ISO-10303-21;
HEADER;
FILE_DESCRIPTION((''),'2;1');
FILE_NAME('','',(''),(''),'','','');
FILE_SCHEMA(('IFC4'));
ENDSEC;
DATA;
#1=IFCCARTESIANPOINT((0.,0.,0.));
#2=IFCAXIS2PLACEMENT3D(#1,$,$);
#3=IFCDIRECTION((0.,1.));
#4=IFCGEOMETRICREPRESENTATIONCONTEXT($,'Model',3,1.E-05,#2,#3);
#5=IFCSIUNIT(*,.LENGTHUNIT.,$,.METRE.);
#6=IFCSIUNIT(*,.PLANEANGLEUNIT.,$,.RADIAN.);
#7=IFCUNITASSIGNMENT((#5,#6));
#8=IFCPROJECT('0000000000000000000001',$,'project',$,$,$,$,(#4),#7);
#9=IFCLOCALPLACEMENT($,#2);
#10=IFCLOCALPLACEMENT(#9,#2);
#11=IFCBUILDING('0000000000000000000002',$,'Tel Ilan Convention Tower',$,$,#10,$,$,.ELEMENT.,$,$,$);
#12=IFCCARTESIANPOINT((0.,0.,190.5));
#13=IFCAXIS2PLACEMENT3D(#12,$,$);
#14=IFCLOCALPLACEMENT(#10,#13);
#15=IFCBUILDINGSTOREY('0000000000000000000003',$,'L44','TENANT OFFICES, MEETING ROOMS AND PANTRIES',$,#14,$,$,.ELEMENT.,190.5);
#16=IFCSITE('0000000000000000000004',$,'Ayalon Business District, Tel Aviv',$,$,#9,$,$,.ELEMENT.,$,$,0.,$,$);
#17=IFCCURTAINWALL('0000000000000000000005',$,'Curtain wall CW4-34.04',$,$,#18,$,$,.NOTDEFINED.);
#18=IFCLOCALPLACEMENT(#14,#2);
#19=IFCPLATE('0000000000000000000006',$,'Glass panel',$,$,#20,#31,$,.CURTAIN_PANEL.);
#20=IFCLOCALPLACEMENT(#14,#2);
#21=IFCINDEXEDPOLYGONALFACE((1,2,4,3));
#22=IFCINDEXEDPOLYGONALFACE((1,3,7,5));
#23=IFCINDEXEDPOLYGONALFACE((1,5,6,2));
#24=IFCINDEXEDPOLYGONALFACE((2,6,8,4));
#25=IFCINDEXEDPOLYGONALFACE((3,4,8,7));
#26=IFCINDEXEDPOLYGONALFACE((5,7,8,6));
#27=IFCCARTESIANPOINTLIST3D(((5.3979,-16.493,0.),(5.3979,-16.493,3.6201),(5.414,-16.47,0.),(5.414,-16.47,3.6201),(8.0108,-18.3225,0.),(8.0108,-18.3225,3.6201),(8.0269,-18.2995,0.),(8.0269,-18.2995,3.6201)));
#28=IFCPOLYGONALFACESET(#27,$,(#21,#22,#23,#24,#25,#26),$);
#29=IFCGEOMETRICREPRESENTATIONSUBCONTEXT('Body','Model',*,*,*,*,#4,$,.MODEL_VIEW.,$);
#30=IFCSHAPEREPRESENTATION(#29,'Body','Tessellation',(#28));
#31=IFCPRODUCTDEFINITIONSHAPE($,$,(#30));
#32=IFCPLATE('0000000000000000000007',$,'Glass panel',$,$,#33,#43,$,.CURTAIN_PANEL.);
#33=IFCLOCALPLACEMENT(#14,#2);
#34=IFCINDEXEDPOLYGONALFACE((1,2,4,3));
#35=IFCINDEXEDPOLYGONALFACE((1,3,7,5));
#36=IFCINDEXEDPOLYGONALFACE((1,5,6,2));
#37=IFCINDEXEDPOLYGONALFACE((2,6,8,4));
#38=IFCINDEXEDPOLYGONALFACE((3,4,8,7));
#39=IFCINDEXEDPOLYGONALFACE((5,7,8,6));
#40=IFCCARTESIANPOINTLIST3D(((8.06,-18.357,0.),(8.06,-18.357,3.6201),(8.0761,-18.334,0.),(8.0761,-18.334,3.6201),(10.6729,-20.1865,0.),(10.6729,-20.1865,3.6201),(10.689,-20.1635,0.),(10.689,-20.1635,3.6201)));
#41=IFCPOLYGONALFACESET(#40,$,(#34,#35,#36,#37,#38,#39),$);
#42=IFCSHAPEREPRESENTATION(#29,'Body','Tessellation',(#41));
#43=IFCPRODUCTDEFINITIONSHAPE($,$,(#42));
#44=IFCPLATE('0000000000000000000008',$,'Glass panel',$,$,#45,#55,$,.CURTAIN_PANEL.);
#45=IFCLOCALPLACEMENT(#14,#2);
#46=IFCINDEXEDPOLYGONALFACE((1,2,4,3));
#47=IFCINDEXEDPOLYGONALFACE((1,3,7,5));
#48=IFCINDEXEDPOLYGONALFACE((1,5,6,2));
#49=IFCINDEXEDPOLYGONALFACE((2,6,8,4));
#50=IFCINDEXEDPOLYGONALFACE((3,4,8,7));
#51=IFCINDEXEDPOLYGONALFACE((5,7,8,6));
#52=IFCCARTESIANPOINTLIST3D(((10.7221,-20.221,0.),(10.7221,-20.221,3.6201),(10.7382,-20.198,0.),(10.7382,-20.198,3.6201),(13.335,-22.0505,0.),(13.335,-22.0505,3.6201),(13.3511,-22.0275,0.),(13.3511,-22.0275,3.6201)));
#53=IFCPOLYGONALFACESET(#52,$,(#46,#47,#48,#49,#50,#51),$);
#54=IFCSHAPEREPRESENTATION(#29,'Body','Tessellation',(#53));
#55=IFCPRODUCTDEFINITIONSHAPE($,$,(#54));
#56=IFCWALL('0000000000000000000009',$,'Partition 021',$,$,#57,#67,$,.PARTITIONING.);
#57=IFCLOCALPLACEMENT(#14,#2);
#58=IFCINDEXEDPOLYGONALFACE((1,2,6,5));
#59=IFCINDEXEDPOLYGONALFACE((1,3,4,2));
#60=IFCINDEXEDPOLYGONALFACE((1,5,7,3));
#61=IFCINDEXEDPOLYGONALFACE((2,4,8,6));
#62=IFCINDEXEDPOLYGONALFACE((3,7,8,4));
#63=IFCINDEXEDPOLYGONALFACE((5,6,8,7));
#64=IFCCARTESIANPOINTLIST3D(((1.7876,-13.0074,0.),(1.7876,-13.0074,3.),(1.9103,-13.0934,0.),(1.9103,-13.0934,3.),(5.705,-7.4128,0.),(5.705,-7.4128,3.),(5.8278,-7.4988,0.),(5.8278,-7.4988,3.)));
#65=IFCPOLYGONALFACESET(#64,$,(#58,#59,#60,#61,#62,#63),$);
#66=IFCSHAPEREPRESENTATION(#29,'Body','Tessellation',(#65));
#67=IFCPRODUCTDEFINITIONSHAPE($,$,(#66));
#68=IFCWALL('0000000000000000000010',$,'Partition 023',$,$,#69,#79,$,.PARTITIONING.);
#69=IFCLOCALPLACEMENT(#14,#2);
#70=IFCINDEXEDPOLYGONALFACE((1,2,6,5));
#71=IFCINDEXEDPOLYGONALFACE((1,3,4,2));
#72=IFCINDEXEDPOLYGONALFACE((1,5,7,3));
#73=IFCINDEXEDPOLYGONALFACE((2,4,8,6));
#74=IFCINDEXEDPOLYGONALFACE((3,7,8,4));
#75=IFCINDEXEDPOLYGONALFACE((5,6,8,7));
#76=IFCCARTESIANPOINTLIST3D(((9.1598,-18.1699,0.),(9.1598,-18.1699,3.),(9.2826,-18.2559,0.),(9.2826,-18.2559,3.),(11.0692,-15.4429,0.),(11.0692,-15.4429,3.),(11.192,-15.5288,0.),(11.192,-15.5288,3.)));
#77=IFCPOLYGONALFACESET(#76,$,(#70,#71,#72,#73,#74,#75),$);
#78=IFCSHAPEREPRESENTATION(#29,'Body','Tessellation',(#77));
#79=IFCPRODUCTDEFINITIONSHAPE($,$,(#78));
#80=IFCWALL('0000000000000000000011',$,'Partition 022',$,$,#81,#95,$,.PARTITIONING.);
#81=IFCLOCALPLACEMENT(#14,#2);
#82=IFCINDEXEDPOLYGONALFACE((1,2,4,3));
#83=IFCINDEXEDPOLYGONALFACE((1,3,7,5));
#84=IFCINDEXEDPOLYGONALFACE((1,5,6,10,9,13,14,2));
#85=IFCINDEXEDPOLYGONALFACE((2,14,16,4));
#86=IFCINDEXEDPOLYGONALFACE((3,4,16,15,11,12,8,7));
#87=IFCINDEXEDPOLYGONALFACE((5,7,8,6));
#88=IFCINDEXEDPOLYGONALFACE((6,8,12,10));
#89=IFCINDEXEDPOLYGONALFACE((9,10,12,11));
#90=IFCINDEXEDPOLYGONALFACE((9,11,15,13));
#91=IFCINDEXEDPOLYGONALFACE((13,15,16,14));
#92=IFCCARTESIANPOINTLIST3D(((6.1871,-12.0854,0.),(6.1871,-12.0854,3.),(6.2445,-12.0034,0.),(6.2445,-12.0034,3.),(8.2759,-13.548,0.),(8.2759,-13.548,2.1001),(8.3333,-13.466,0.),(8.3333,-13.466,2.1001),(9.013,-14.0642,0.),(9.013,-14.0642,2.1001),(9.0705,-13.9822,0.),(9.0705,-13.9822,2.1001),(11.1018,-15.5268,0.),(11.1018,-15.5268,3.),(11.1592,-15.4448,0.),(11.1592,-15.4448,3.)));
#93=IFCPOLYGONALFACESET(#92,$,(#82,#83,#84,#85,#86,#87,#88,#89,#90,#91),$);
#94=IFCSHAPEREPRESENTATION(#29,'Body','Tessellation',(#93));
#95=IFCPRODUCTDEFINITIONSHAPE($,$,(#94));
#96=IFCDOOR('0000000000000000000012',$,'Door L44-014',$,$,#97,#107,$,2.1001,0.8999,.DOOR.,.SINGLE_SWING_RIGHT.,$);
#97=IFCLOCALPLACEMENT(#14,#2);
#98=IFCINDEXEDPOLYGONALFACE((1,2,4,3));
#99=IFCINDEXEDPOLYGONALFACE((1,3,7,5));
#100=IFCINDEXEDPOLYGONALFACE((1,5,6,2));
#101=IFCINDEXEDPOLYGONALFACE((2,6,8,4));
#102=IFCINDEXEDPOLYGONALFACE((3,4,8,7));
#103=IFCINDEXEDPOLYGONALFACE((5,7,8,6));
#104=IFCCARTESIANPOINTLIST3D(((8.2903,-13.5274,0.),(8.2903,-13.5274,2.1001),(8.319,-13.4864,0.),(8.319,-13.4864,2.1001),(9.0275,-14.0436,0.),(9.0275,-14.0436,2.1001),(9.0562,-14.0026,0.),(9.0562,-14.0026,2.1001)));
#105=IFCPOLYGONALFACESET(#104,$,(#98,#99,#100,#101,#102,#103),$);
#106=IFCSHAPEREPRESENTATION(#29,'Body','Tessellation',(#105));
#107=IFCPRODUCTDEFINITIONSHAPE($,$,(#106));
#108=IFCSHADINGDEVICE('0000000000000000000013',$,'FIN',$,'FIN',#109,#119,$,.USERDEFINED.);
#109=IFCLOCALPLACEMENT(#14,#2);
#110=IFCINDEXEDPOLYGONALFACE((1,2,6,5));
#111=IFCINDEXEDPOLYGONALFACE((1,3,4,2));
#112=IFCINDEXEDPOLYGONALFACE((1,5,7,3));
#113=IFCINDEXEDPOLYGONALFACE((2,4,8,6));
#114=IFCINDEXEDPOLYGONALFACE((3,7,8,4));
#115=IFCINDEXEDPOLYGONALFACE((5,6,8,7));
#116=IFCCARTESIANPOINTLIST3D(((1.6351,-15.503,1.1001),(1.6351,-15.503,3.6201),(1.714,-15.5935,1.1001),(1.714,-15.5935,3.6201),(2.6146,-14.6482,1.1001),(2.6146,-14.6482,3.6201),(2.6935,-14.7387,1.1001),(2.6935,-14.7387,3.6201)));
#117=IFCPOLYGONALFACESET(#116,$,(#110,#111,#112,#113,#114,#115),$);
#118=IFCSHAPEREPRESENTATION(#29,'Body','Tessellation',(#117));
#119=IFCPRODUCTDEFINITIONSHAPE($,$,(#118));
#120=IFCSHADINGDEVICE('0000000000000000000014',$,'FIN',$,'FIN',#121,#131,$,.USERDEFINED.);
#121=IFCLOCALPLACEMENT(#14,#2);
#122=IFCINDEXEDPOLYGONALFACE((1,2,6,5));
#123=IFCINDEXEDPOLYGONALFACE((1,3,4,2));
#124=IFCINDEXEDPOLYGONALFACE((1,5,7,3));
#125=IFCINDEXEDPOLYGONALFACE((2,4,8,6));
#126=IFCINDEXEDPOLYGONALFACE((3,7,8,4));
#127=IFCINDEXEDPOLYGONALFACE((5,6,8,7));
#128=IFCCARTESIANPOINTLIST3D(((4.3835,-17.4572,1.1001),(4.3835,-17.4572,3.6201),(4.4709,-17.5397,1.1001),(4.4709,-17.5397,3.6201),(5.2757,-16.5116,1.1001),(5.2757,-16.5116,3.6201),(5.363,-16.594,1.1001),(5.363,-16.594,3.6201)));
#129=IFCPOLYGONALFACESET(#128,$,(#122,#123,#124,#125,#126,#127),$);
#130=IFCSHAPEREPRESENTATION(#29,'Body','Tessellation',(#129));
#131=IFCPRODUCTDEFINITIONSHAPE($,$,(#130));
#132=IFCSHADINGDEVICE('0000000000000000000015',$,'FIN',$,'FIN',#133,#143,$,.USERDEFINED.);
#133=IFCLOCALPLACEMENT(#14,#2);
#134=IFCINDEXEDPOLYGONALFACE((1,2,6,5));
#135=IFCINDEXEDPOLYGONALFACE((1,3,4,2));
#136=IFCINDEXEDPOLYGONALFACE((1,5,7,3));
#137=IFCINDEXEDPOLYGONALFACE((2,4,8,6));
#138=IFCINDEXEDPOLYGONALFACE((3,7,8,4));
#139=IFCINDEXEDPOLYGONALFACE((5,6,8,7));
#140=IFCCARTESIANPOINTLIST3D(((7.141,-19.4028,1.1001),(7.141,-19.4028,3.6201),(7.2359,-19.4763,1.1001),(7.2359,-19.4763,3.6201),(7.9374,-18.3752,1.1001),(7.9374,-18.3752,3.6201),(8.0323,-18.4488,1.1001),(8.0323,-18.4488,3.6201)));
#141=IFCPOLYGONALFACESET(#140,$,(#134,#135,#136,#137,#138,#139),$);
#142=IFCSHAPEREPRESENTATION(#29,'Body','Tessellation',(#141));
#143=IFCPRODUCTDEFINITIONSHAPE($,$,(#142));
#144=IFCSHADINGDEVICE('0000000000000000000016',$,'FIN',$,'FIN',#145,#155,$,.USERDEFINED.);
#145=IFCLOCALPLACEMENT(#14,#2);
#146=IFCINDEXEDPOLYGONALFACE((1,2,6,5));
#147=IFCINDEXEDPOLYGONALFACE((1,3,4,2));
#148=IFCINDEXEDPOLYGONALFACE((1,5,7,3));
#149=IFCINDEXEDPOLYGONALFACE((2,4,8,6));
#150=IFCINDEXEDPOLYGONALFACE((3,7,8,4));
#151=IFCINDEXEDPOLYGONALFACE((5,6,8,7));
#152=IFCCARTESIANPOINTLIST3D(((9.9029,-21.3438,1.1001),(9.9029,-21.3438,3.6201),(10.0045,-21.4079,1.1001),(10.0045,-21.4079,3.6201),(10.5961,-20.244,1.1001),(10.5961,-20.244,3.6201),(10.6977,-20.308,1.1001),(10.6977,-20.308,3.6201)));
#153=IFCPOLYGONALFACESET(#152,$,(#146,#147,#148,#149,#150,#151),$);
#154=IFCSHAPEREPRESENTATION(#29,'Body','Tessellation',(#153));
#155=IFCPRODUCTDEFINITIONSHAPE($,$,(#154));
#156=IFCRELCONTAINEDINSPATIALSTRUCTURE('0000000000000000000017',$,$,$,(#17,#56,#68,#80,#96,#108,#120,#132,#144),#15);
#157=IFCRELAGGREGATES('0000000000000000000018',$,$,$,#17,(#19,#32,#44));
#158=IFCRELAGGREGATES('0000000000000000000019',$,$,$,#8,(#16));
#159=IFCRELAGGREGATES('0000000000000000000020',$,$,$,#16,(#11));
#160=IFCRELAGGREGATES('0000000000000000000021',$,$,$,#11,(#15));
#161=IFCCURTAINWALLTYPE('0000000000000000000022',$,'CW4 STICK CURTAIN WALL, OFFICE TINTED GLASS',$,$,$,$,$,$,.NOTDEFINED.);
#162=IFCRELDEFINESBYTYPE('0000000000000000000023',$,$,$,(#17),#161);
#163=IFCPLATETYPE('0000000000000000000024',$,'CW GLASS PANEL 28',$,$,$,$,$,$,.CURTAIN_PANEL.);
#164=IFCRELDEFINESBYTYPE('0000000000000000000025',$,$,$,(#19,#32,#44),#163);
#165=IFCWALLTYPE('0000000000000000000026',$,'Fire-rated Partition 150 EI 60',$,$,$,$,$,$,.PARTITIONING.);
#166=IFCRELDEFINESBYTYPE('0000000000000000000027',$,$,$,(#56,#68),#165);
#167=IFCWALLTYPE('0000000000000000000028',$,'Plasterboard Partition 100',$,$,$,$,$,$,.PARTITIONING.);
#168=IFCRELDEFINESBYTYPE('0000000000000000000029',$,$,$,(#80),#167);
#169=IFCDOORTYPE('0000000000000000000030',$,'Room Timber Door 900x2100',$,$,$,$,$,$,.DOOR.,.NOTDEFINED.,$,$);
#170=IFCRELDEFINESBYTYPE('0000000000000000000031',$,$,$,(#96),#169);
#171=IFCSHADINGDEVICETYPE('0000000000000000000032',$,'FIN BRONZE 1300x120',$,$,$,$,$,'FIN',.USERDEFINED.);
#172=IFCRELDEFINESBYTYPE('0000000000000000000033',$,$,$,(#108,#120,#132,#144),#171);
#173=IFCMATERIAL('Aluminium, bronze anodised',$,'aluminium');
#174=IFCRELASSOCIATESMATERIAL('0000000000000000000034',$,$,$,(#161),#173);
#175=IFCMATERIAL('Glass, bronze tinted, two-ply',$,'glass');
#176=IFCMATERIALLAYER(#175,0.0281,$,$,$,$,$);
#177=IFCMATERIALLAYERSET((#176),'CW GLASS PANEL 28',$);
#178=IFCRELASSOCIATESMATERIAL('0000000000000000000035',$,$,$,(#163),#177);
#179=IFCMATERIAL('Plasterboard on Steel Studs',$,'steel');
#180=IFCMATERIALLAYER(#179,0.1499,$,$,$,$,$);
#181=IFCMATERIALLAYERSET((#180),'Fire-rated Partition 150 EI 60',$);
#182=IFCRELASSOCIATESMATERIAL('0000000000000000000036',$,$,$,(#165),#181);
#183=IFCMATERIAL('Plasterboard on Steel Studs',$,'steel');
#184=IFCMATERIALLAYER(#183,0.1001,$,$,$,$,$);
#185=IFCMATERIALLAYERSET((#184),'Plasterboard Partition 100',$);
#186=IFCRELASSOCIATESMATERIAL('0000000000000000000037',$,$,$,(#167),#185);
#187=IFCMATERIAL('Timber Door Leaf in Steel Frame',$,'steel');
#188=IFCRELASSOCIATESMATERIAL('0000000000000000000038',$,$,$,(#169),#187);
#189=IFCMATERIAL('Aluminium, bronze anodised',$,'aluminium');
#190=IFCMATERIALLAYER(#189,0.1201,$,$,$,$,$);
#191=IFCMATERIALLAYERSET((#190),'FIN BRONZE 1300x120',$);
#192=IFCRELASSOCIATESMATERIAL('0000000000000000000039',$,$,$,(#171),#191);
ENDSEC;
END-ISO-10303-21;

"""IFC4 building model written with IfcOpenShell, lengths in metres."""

from ifc_helpers import new_model, si_unit, direction, frame, frame_2d, origin, origin_2d, place, context, subcontext, project, spatial, rectangle, extrude, material, layer, layer_set, type_object, element, fill, aggregate, save


model = new_model("IFC4")

# Units and contexts
model_context = context("Model", 3, precision=1e-05, world=origin(), true_north=direction((0.0, 1.0)))
body_context = subcontext(model_context, "Body", "Model", "MODEL_VIEW")
ifc_project = project(units=[si_unit("LENGTHUNIT", "METRE"), si_unit("PLANEANGLEUNIT", "RADIAN")], contexts=[model_context])

# Site, building, storey
site_placement = place(None, origin())
site = spatial("IfcSite", under=ifc_project, at=site_placement, Name="Ayalon Business District, Tel Aviv", CompositionType="ELEMENT", RefElevation=0.0)
building_placement = place(site_placement, origin())
building = spatial("IfcBuilding", under=site, at=building_placement, Name="Tel Ilan Convention Tower", CompositionType="ELEMENT")
storey_placement = place(building_placement, frame((0.0, 0.0, 190.5)))
storey = spatial("IfcBuildingStorey", under=building, at=storey_placement, Name="L44", Description="TENANT OFFICES, MEETING ROOMS AND PANTRIES", CompositionType="ELEMENT", Elevation=190.5)

# Curtain wall, plates
ifc_material_1 = material(Name="Aluminium, bronze anodised", Category="aluminium")
curtain_wall_type = type_object("IfcCurtainWallType", Name="CW4 STICK CURTAIN WALL, OFFICE TINTED GLASS", PredefinedType="NOTDEFINED", material=ifc_material_1)
curtain_wall_placement = place(storey_placement, origin())
curtain_wall = element("IfcCurtainWall", 1, at=curtain_wall_placement, inside=storey, type_object=curtain_wall_type, Name="Curtain wall CW4-34.04", PredefinedType="NOTDEFINED")
ifc_material_2 = material(Name="Glass, bronze tinted, two-ply", Category="glass")
ifc_layer_1 = layer(ifc_material_2, 0.0281)
ifc_layer_set_1 = layer_set([ifc_layer_1], Name="CW GLASS PANEL 28")
plate_type = type_object("IfcPlateType", Name="CW GLASS PANEL 28", PredefinedType="CURTAIN_PANEL", material=ifc_layer_set_1)
plate_1_placement = place(storey_placement, frame((6.7124, -17.3962, 0.0), z_axis=(0.0, 0.0, 1.0), x_axis=(0.819152, -0.573576, 0.0)))
plate_1 = element("IfcPlate", 2, at=plate_1_placement, type_object=plate_type, Name="Glass panel", PredefinedType="CURTAIN_PANEL", context=body_context, shape_type="SweptSolid", body=[
    extrude(rectangle(XDim=3.1897, YDim=0.0281, at=origin_2d()), origin(), (0.0, 0.0, 1.0), 3.6201),
])
plate_2_placement = place(storey_placement, frame((9.3745, -19.2603, 0.0), z_axis=(0.0, 0.0, 1.0), x_axis=(0.819152, -0.573576, 0.0)))
plate_2 = element("IfcPlate", 3, at=plate_2_placement, type_object=plate_type, Name="Glass panel", PredefinedType="CURTAIN_PANEL", context=body_context, shape_type="SweptSolid", body=[
    extrude(rectangle(XDim=3.1897, YDim=0.0281, at=origin_2d()), origin(), (0.0, 0.0, 1.0), 3.6201),
])
plate_3_placement = place(storey_placement, frame((12.0366, -21.1243, 0.0), z_axis=(0.0, 0.0, 1.0), x_axis=(0.819152, -0.573576, 0.0)))
plate_3 = element("IfcPlate", 4, at=plate_3_placement, type_object=plate_type, Name="Glass panel", PredefinedType="CURTAIN_PANEL", context=body_context, shape_type="SweptSolid", body=[
    extrude(rectangle(XDim=3.1897, YDim=0.0281, at=origin_2d()), origin(), (0.0, 0.0, 1.0), 3.6201),
])
aggregate(curtain_wall, [plate_1, plate_2, plate_3])

# Walls
ifc_material_3 = material(Name="Plasterboard on Steel Studs", Category="steel")
ifc_layer_2 = layer(ifc_material_3, 0.1499)
ifc_layer_set_2 = layer_set([ifc_layer_2], Name="Fire-rated Partition 150 EI 60")
wall_type_1 = type_object("IfcWallType", Name="Fire-rated Partition 150 EI 60", PredefinedType="PARTITIONING", material=ifc_layer_set_2)
wall_1_placement = place(storey_placement, frame((1.8489, -13.0505, 0.0), z_axis=(0.0, 0.0, 1.0), x_axis=(0.573577, 0.819151, 0.0)))
element("IfcWall", 5, at=wall_1_placement, inside=storey, type_object=wall_type_1, Name="Partition 021", PredefinedType="PARTITIONING", context=body_context, shape_type="SweptSolid", body=[
    extrude(rectangle(XDim=6.8298, YDim=0.1499, at=frame_2d((3.415, 0.0))), origin(), (0.0, 0.0, 1.0), 3.0),
])
wall_2_placement = place(storey_placement, frame((11.1306, -15.4858, 0.0), z_axis=(0.0, 0.0, 1.0), x_axis=(-0.573561, -0.819163, 0.0)))
element("IfcWall", 6, at=wall_2_placement, inside=storey, type_object=wall_type_1, Name="Partition 023", PredefinedType="PARTITIONING", context=body_context, shape_type="SweptSolid", body=[
    extrude(rectangle(XDim=3.3291, YDim=0.1499, at=frame_2d((1.6646, 0.0))), origin(), (0.0, 0.0, 1.0), 3.0),
])

# Wall, opening, door
ifc_material_4 = material(Name="Plasterboard on Steel Studs", Category="steel")
ifc_layer_3 = layer(ifc_material_4, 0.1001)
ifc_layer_set_3 = layer_set([ifc_layer_3], Name="Plasterboard Partition 100")
wall_type_2 = type_object("IfcWallType", Name="Plasterboard Partition 100", PredefinedType="PARTITIONING", material=ifc_layer_set_3)
wall_3_placement = place(storey_placement, frame((11.1306, -15.4858, 0.0), z_axis=(0.0, 0.0, 1.0), x_axis=(-0.81915, 0.57358, 0.0)))
wall_3 = element("IfcWall", 7, at=wall_3_placement, inside=storey, type_object=wall_type_2, Name="Partition 022", PredefinedType="PARTITIONING", context=body_context, shape_type="SweptSolid", body=[
    extrude(rectangle(XDim=5.9998, YDim=0.1001, at=frame_2d((3.0, 0.0))), origin(), (0.0, 0.0, 1.0), 3.0),
])
opening_placement = place(wall_3_placement, frame((2.55, 0.0, 0.0)))
opening = element("IfcOpeningElement", 8, at=opening_placement, cuts=wall_3, PredefinedType="OPENING", context=body_context, shape_type="SweptSolid", body=[
    extrude(rectangle(XDim=0.8999, YDim=2.1001, at=frame_2d((0.45, 1.05))), frame((0.0, 0.0601, 0.0), z_axis=(0.0, -1.0, 0.0), x_axis=(1.0, 0.0, 0.0)), (0.0, 0.0, 1.0), 0.1201),
])
ifc_material_5 = material(Name="Timber Door Leaf in Steel Frame", Category="steel")
door_type = type_object("IfcDoorType", Name="Room Timber Door 900x2100", OperationType="NOTDEFINED", PredefinedType="DOOR", material=ifc_material_5)
door_placement = place(opening_placement, origin())
door = element("IfcDoor", 9, at=door_placement, inside=storey, type_object=door_type, Name="Door L44-014", OperationType="SINGLE_SWING_RIGHT", OverallHeight=2.1001, OverallWidth=0.8999, PredefinedType="DOOR", context=body_context, shape_type="SweptSolid", body=[
    extrude(rectangle(XDim=0.8999, YDim=2.1001, at=frame_2d((0.45, 1.05))), frame((0.0, 0.0249, 0.0), z_axis=(0.0, -1.0, 0.0), x_axis=(1.0, 0.0, 0.0)), (0.0, 0.0, 1.0), 0.05),
])
fill(opening, door)

# Shading devices
ifc_material_6 = material(Name="Aluminium, bronze anodised", Category="aluminium")
ifc_layer_4 = layer(ifc_material_6, 0.1201)
ifc_layer_set_4 = layer_set([ifc_layer_4], Name="FIN BRONZE 1300x120")
shading_device_type = type_object("IfcShadingDeviceType", Name="FIN BRONZE 1300x120", ElementType="FIN", PredefinedType="USERDEFINED", material=ifc_layer_set_4)
for number, where, z_axis, x_axis, name in (
    (10, (2.1643, -15.1208, 1.1001), (0.0, 0.0, 1.0), (-0.753436, -0.657521, 0.0), "FIN"),
    (11, (4.8733, -17.0256, 1.1001), (0.0, 0.0, 1.0), (-0.686242, -0.727374, 0.0), "FIN"),
    (12, (7.5867, -18.9258, 1.1001), (0.0, 0.0, 1.0), (-0.612601, -0.790393, 0.0), "FIN"),
    (13, (10.3003, -20.8259, 1.1001), (0.0, 0.0, 1.0), (-0.533204, -0.845986, 0.0), "FIN"),
):
    element("IfcShadingDevice", number, at=place(storey_placement, frame(where, z_axis=z_axis, x_axis=x_axis)), inside=storey, type_object=shading_device_type, Name=name, ObjectType="FIN", PredefinedType="USERDEFINED", context=body_context, shape_type="SweptSolid", body=[
        extrude(rectangle(XDim=1.3, YDim=0.1201, at=origin_2d()), origin(), (0.0, 0.0, 1.0), 2.52),
    ])

save(model, "model.ifc")
